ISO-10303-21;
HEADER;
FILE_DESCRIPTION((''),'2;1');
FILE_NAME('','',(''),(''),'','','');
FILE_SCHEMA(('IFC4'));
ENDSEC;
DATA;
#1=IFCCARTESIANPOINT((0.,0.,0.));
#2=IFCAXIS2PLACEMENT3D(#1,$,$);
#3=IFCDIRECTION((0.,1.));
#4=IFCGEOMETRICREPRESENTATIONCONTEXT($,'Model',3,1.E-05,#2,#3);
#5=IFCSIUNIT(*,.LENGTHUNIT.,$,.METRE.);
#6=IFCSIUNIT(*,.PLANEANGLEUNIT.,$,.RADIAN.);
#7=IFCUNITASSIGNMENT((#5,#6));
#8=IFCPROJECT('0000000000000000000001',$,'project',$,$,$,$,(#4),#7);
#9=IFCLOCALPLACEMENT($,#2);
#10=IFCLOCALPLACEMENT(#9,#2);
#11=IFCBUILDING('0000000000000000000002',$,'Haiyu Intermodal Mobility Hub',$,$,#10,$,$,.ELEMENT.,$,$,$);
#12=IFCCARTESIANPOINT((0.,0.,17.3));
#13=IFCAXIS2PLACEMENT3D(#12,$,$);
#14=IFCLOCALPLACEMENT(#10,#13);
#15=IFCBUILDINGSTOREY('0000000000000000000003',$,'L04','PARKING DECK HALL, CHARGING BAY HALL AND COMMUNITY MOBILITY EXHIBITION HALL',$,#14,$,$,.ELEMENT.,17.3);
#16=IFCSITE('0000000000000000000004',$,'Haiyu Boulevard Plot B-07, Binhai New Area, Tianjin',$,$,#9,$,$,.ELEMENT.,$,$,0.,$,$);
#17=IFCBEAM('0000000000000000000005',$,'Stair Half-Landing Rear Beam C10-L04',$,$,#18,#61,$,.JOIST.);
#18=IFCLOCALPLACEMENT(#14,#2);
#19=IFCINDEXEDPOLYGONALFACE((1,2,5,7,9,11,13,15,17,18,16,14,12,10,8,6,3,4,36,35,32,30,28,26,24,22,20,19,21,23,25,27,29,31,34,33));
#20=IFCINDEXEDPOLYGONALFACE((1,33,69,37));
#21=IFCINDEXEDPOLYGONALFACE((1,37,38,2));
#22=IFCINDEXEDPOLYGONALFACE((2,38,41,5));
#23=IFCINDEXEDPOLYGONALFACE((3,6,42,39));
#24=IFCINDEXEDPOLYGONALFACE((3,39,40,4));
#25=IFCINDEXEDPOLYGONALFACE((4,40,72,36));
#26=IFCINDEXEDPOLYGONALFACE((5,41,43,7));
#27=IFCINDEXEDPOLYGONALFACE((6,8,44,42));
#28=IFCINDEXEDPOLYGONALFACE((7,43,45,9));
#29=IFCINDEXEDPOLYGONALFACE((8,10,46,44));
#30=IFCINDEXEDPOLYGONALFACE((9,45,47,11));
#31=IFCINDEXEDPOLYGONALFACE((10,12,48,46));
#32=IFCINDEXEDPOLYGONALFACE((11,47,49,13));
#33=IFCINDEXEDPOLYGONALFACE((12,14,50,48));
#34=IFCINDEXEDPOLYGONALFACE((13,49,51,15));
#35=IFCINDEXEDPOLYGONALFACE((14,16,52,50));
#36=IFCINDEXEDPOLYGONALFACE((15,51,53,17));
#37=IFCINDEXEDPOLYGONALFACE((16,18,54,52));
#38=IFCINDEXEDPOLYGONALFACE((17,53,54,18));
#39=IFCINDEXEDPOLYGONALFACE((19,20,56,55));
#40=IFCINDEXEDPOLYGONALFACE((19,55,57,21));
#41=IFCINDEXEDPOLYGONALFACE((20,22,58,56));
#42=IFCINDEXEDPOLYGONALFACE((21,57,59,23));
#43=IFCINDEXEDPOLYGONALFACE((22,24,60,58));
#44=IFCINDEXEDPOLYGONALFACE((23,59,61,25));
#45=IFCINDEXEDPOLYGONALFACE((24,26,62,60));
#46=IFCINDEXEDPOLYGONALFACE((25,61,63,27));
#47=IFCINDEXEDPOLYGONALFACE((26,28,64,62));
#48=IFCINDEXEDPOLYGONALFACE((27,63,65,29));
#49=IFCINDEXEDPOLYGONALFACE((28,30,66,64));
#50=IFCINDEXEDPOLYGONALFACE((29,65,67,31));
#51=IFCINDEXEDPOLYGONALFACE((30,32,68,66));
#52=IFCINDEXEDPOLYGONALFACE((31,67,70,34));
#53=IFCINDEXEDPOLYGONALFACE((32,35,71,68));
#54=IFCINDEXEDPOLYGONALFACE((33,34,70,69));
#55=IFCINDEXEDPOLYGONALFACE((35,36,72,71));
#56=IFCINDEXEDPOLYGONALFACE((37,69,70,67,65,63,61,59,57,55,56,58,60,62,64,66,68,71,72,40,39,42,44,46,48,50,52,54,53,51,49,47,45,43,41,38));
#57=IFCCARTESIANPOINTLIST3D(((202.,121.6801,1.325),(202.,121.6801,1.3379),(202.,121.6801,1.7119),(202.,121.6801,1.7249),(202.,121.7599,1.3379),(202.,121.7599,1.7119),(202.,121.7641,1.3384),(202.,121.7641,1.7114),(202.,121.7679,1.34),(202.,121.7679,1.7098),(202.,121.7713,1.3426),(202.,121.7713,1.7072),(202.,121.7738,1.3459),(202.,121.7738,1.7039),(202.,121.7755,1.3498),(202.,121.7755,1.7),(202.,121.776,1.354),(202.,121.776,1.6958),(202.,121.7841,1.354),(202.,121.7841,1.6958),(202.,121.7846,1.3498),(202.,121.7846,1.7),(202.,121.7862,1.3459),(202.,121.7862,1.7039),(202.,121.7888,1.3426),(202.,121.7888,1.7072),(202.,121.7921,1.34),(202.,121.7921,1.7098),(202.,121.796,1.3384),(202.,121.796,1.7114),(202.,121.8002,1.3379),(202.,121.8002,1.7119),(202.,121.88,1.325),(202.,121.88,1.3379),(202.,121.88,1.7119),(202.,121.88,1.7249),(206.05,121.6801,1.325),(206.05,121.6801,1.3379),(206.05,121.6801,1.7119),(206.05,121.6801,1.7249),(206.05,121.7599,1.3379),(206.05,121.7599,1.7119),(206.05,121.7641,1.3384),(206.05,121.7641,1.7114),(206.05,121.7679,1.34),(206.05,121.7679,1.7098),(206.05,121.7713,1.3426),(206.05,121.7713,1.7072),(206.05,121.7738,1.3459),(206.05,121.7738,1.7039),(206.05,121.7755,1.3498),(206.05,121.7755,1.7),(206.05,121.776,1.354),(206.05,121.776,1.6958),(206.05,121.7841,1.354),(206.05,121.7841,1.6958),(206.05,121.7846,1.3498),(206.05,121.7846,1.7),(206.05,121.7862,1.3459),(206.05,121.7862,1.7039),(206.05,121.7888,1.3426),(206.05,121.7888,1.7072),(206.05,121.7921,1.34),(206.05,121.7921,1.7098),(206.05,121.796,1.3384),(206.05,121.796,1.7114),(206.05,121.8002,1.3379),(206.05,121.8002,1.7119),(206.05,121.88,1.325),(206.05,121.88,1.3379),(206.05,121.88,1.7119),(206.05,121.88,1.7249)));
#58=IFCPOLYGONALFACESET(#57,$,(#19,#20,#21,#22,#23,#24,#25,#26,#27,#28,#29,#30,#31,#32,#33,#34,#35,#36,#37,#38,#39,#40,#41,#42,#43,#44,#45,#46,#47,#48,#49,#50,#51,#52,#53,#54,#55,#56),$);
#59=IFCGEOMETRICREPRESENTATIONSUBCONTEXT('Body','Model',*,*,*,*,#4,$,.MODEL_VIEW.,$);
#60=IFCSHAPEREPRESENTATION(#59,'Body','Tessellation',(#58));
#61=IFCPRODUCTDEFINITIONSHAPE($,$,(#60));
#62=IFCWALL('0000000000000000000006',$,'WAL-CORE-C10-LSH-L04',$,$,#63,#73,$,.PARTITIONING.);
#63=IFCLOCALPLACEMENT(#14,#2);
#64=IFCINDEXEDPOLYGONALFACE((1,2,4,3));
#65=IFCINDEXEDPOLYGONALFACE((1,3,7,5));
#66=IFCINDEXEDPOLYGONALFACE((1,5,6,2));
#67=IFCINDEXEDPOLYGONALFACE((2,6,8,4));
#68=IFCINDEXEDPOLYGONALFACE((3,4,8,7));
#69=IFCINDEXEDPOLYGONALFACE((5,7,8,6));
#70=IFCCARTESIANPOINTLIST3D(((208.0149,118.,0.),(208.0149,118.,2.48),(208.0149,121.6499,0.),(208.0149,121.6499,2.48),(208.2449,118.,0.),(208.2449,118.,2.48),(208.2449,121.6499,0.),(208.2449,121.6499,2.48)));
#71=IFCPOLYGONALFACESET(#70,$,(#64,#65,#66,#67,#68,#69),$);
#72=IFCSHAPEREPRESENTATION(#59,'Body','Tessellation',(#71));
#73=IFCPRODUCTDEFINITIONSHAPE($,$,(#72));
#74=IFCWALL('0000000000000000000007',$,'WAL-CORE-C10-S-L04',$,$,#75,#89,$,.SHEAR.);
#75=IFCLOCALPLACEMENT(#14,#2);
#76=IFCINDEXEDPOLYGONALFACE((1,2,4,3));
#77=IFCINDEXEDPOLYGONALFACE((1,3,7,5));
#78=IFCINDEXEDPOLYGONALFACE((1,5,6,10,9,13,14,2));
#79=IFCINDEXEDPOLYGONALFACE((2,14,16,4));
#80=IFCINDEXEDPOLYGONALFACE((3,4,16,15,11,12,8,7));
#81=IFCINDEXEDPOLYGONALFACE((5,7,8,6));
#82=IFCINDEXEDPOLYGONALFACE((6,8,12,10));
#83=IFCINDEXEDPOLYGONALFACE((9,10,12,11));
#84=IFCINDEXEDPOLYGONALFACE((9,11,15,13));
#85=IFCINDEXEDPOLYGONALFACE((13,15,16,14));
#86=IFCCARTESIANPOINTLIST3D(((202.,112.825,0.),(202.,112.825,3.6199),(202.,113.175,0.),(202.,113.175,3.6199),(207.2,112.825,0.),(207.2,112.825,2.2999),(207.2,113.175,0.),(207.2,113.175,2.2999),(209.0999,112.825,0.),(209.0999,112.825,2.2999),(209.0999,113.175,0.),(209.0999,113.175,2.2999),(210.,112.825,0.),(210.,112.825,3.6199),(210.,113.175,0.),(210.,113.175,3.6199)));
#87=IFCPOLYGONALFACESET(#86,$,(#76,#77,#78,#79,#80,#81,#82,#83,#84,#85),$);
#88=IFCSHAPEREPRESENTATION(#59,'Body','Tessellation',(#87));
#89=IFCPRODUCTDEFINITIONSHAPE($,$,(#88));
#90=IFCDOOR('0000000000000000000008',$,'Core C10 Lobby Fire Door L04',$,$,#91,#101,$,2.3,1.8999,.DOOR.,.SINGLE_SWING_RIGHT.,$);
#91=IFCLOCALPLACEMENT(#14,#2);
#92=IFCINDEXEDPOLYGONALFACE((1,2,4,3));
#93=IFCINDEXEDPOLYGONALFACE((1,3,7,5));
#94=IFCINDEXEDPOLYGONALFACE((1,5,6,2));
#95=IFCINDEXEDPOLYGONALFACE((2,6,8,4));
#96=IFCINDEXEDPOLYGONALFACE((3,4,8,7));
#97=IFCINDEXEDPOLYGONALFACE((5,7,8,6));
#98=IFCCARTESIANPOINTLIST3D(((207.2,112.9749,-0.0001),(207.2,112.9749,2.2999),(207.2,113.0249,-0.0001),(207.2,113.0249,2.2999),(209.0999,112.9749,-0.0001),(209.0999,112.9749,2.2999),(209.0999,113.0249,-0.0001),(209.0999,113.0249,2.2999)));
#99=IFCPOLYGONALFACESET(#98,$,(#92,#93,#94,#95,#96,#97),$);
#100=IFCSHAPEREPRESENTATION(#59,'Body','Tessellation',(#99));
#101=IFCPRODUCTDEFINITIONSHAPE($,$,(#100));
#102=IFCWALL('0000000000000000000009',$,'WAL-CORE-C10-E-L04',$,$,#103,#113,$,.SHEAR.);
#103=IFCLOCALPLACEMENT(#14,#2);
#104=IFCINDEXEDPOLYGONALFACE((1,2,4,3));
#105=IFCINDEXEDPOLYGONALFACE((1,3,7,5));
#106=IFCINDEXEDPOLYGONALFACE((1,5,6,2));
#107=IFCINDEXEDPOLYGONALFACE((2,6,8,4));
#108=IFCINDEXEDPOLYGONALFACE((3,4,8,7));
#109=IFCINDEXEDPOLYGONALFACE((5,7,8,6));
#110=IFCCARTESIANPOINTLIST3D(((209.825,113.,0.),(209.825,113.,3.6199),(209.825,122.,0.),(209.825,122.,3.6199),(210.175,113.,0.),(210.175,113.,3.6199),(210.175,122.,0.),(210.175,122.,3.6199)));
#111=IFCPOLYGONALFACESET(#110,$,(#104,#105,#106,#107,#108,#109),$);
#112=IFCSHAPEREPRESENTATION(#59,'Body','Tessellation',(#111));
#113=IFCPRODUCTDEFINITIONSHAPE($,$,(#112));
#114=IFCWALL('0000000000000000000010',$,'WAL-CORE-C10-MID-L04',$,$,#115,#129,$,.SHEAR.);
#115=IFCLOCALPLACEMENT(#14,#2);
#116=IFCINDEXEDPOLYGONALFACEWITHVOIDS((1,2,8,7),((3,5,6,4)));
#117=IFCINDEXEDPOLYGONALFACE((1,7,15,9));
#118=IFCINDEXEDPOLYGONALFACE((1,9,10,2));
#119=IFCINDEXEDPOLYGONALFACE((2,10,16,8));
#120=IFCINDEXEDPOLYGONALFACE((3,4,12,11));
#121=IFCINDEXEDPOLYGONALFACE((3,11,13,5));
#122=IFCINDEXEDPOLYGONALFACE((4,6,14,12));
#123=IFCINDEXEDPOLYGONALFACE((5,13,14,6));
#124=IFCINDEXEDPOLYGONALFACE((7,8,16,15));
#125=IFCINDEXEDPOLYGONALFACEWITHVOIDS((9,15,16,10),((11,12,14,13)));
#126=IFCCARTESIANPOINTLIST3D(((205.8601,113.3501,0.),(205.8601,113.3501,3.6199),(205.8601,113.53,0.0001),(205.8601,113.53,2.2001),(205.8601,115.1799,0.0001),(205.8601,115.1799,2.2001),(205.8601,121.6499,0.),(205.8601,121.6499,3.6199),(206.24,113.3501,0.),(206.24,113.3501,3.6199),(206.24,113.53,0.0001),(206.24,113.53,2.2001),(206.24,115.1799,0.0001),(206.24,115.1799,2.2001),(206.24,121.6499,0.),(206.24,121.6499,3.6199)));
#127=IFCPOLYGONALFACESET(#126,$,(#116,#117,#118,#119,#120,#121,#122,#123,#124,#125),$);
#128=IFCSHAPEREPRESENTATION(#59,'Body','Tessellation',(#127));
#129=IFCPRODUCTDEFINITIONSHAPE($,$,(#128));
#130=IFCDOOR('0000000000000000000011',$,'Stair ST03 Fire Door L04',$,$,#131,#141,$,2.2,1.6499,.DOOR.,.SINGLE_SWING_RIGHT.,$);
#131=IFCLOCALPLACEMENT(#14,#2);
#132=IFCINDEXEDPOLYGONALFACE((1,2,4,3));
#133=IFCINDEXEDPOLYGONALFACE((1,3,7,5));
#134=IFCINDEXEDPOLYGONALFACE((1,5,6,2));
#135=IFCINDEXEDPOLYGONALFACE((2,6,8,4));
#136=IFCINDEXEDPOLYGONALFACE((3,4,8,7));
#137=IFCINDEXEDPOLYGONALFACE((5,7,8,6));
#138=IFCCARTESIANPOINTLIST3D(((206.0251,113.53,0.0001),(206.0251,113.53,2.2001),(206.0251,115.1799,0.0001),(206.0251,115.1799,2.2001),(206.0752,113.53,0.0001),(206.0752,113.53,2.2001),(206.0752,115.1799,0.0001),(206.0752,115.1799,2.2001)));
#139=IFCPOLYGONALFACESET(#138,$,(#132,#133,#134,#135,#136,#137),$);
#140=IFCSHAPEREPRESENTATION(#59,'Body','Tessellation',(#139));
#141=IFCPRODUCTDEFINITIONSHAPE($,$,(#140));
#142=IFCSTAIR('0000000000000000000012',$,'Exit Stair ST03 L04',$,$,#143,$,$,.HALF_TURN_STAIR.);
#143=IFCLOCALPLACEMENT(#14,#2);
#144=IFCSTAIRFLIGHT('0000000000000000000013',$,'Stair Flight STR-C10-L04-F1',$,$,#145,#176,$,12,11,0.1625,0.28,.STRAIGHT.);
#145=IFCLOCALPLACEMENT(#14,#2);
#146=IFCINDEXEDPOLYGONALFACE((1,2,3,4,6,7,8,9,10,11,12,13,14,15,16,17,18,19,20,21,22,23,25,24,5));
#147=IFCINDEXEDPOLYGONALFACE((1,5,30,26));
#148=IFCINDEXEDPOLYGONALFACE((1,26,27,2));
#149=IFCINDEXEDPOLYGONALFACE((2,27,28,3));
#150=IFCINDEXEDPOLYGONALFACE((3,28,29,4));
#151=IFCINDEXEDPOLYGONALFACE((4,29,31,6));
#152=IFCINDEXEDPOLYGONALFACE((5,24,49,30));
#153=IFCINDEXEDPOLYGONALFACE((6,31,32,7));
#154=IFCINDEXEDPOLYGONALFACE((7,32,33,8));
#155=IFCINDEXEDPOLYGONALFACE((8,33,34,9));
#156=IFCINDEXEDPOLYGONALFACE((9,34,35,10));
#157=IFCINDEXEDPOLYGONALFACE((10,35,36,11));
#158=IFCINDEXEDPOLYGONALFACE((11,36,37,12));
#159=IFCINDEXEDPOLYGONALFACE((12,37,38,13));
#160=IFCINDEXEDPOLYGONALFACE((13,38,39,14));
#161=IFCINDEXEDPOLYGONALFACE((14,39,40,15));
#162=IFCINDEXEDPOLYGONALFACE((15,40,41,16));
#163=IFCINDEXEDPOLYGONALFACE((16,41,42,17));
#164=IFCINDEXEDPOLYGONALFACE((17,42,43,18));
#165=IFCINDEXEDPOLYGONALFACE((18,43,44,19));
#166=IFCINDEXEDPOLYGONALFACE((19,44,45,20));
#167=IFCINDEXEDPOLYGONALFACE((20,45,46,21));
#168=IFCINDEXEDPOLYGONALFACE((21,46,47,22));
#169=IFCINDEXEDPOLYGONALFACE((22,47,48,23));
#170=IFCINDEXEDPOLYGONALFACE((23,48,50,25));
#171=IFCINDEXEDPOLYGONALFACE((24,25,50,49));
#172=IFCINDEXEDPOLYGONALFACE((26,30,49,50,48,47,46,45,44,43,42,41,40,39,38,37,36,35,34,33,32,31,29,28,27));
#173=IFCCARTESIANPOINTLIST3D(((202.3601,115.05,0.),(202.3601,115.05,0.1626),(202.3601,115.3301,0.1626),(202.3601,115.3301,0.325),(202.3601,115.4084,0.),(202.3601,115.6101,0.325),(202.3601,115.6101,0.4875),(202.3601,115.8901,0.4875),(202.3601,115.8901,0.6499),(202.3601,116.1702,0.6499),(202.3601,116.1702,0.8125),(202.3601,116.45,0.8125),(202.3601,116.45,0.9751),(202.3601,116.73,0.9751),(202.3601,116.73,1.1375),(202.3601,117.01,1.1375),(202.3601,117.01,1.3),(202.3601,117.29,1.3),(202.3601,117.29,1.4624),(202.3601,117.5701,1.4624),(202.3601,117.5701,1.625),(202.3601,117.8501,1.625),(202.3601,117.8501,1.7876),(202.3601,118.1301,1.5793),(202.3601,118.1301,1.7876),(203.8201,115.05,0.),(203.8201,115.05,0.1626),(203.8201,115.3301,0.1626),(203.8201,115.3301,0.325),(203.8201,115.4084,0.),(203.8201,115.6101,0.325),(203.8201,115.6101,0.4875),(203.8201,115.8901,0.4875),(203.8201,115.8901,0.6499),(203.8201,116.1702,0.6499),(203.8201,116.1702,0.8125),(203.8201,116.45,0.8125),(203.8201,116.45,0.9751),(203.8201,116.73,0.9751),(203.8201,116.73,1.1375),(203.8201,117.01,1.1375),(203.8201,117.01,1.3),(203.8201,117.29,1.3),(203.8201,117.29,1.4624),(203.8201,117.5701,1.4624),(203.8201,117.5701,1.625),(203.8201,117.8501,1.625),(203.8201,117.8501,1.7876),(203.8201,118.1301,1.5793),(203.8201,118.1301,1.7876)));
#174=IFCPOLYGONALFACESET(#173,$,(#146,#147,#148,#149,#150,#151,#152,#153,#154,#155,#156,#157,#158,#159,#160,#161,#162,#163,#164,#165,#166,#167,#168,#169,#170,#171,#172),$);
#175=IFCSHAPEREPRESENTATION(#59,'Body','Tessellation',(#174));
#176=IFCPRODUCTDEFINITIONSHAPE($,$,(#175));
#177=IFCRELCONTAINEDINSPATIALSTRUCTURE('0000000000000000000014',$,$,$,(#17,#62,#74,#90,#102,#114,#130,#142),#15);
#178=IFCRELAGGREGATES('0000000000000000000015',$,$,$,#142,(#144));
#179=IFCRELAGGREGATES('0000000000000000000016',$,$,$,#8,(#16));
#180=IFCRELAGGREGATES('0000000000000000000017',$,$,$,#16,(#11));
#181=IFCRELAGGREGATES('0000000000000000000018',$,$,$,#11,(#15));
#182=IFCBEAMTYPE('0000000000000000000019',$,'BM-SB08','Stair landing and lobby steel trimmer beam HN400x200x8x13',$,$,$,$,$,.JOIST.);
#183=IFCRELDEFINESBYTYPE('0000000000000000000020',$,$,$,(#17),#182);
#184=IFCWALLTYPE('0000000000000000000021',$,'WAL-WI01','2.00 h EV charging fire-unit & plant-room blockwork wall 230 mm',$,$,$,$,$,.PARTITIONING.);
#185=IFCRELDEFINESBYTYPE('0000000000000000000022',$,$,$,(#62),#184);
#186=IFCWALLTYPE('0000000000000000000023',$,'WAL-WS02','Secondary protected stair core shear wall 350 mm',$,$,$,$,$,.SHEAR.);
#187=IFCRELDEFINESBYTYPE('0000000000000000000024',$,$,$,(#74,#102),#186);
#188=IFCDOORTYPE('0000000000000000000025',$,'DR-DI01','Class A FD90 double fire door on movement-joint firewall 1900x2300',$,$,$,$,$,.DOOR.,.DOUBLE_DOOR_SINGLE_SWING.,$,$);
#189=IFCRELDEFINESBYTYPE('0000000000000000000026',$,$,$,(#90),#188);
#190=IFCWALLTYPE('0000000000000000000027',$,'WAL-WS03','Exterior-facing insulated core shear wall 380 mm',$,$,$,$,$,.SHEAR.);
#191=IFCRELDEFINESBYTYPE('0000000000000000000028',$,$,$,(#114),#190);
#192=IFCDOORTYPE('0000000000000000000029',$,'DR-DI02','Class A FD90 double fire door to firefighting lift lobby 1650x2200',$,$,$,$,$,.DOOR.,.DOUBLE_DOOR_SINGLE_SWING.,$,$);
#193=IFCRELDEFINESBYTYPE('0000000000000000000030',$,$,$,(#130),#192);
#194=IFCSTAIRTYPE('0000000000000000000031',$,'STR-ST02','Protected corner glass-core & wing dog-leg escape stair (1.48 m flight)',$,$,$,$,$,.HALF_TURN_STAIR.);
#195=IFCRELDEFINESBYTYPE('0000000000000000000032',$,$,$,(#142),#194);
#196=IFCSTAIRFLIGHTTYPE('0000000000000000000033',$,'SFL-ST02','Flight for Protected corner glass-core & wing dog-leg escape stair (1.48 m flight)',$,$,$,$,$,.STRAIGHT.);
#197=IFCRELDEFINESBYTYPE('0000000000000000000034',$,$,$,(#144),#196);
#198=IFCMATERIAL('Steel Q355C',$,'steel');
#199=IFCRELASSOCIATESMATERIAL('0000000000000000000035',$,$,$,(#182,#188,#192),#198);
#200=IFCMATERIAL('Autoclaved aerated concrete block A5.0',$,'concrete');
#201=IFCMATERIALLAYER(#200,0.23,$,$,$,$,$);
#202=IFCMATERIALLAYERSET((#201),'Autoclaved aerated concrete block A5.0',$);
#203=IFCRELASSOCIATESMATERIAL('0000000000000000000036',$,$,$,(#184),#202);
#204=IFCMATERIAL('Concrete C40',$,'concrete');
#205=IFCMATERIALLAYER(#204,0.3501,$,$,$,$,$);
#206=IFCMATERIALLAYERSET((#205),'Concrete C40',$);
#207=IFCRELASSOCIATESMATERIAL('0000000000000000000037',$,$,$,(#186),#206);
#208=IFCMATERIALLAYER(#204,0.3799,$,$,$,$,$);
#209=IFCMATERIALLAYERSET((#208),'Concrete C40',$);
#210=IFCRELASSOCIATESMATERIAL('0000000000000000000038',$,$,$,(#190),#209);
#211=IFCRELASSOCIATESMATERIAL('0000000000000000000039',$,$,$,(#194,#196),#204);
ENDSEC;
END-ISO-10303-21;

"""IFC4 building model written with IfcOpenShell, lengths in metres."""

from ifc_helpers import new_model, si_unit, direction, frame, frame_2d, origin, origin_2d, place, context, subcontext, project, spatial, polyline, rectangle, i_section, outline, extrude, material, layer, layer_set, material_profile, profile_set, type_object, element, fill, aggregate, save


model = new_model("IFC4")

# Units and contexts
model_context = context("Model", 3, precision=1e-05, world=origin(), true_north=direction((0.0, 1.0)))
body_context = subcontext(model_context, "Body", "Model", "MODEL_VIEW")
ifc_project = project(units=[si_unit("LENGTHUNIT", "METRE"), si_unit("PLANEANGLEUNIT", "RADIAN")], contexts=[model_context])

# Site, building, storey
site_placement = place(None, origin())
site = spatial("IfcSite", under=ifc_project, at=site_placement, Name="Haiyu Boulevard Plot B-07, Binhai New Area, Tianjin", CompositionType="ELEMENT", RefElevation=0.0)
building_placement = place(site_placement, origin())
building = spatial("IfcBuilding", under=site, at=building_placement, Name="Haiyu Intermodal Mobility Hub", CompositionType="ELEMENT")
storey_placement = place(building_placement, frame((0.0, 0.0, 17.3)))
storey = spatial("IfcBuildingStorey", under=building, at=storey_placement, Name="L04", Description="PARKING DECK HALL, CHARGING BAY HALL AND COMMUNITY MOBILITY EXHIBITION HALL", CompositionType="ELEMENT", Elevation=17.3)

# Shared definitions
ifc_material_1 = material(Name="Concrete C40", Category="concrete")

# Beam
ifc_material_2 = material(Name="Steel Q355C", Category="steel")
ifc_material_profile_1 = material_profile(ifc_material_2, i_section(OverallWidth=0.2, OverallDepth=0.3999, WebThickness=0.0081, FlangeThickness=0.0129, FilletRadius=0.0161, at=origin_2d()), Name="HN400x200x8x13")
ifc_profile_set_1 = profile_set([ifc_material_profile_1], Name="Steel Q355C")
beam_type_1 = type_object("IfcBeamType", Name="BM-SB08", Description="Stair landing and lobby steel trimmer beam HN400x200x8x13", PredefinedType="JOIST", material=ifc_profile_set_1)
for number, where, z_axis, x_axis, name in (
    (1, (202.0, 121.78, 1.5249), (1.0, 0.0, 0.0), (0.0, 1.0, 0.0), "Stair Half-Landing Rear Beam C10-L04"),
):
    element("IfcBeam", number, at=place(storey_placement, frame(where, z_axis=z_axis, x_axis=x_axis)), inside=storey, type_object=beam_type_1, Name=name, PredefinedType="JOIST", context=body_context, shape_type="SweptSolid", body=[
        extrude(i_section(OverallWidth=0.2, OverallDepth=0.3999, WebThickness=0.0081, FlangeThickness=0.0129, FilletRadius=0.0161, at=origin_2d()), origin(), (0.0, 0.0, 1.0), 4.05),
    ])

# Wall
ifc_material_3 = material(Name="Autoclaved aerated concrete block A5.0", Category="concrete")
ifc_layer_1 = layer(ifc_material_3, 0.23)
ifc_layer_set_1 = layer_set([ifc_layer_1], Name="Autoclaved aerated concrete block A5.0")
wall_type_1 = type_object("IfcWallType", Name="WAL-WI01", Description="2.00 h EV charging fire-unit & plant-room blockwork wall 230 mm", PredefinedType="PARTITIONING", material=ifc_layer_set_1)
wall_1_placement = place(storey_placement, frame((208.1299, 118.0, 0.0), z_axis=(0.0, 0.0, 1.0), x_axis=(0.0, 1.0, 0.0)))
element("IfcWall", 2, at=wall_1_placement, inside=storey, type_object=wall_type_1, Name="WAL-CORE-C10-LSH-L04", PredefinedType="PARTITIONING", context=body_context, shape_type="SweptSolid", body=[
    extrude(rectangle(XDim=3.6499, YDim=0.23, at=frame_2d((1.825, 0.0))), origin(), (0.0, 0.0, 1.0), 2.48),
])

# Wall, opening, door
ifc_layer_2 = layer(ifc_material_1, 0.3501)
ifc_layer_set_2 = layer_set([ifc_layer_2], Name="Concrete C40")
wall_type_2 = type_object("IfcWallType", Name="WAL-WS02", Description="Secondary protected stair core shear wall 350 mm", PredefinedType="SHEAR", material=ifc_layer_set_2)
wall_2_placement = place(storey_placement, frame((202.0, 113.0, 0.0), z_axis=(0.0, 0.0, 1.0), x_axis=(1.0, 0.0, 0.0)))
wall_2 = element("IfcWall", 3, at=wall_2_placement, inside=storey, type_object=wall_type_2, Name="WAL-CORE-C10-S-L04", PredefinedType="SHEAR", context=body_context, shape_type="SweptSolid", body=[
    extrude(rectangle(XDim=8.0, YDim=0.3501, at=frame_2d((4.0, 0.0))), origin(), (0.0, 0.0, 1.0), 3.6199),
])
opening_1_placement = place(wall_2_placement, frame((5.2, 0.0, 0.0)))
opening_1 = element("IfcOpeningElement", 4, at=opening_1_placement, cuts=wall_2, PredefinedType="OPENING", context=body_context, shape_type="SweptSolid", body=[
    extrude(rectangle(XDim=1.8999, YDim=2.3, at=frame_2d((0.95, 1.1499))), frame((0.0, 0.1851, 0.0), z_axis=(0.0, -1.0, 0.0), x_axis=(1.0, 0.0, 0.0)), (0.0, 0.0, 1.0), 0.3701),
])
door_type_1 = type_object("IfcDoorType", Name="DR-DI01", Description="Class A FD90 double fire door on movement-joint firewall 1900x2300", OperationType="DOUBLE_DOOR_SINGLE_SWING", PredefinedType="DOOR", material=ifc_material_2)
door_1_placement = place(opening_1_placement, origin())
door_1 = element("IfcDoor", 5, at=door_1_placement, inside=storey, type_object=door_type_1, Name="Core C10 Lobby Fire Door L04", OperationType="SINGLE_SWING_RIGHT", OverallHeight=2.3, OverallWidth=1.8999, PredefinedType="DOOR", context=body_context, shape_type="SweptSolid", body=[
    extrude(rectangle(XDim=1.8999, YDim=2.3, at=frame_2d((0.95, 1.1499))), frame((0.0, 0.0249, 0.0), z_axis=(0.0, -1.0, 0.0), x_axis=(1.0, 0.0, 0.0)), (0.0, 0.0, 1.0), 0.05),
])
fill(opening_1, door_1)

# Wall
wall_3_placement = place(storey_placement, frame((210.0, 113.0, 0.0), z_axis=(0.0, 0.0, 1.0), x_axis=(0.0, 1.0, 0.0)))
element("IfcWall", 6, at=wall_3_placement, inside=storey, type_object=wall_type_2, Name="WAL-CORE-C10-E-L04", PredefinedType="SHEAR", context=body_context, shape_type="SweptSolid", body=[
    extrude(rectangle(XDim=9.0, YDim=0.3501, at=frame_2d((4.5, 0.0))), origin(), (0.0, 0.0, 1.0), 3.6199),
])

# Wall, opening, door
ifc_layer_3 = layer(ifc_material_1, 0.3799)
ifc_layer_set_3 = layer_set([ifc_layer_3], Name="Concrete C40")
wall_type_3 = type_object("IfcWallType", Name="WAL-WS03", Description="Exterior-facing insulated core shear wall 380 mm", PredefinedType="SHEAR", material=ifc_layer_set_3)
wall_4_placement = place(storey_placement, frame((206.05, 113.3501, 0.0), z_axis=(0.0, 0.0, 1.0), x_axis=(0.0, 1.0, 0.0)))
wall_4 = element("IfcWall", 7, at=wall_4_placement, inside=storey, type_object=wall_type_3, Name="WAL-CORE-C10-MID-L04", PredefinedType="SHEAR", context=body_context, shape_type="SweptSolid", body=[
    extrude(rectangle(XDim=8.2998, YDim=0.3799, at=frame_2d((4.1499, 0.0))), origin(), (0.0, 0.0, 1.0), 3.6199),
])
opening_2_placement = place(wall_4_placement, frame((0.1799, 0.0, 0.0)))
opening_2 = element("IfcOpeningElement", 8, at=opening_2_placement, cuts=wall_4, PredefinedType="OPENING", context=body_context, shape_type="SweptSolid", body=[
    extrude(rectangle(XDim=1.6499, YDim=2.2, at=frame_2d((0.825, 1.1001))), frame((0.0, 0.2, 0.0), z_axis=(0.0, -1.0, 0.0), x_axis=(1.0, 0.0, 0.0)), (0.0, 0.0, 1.0), 0.3999),
])
door_type_2 = type_object("IfcDoorType", Name="DR-DI02", Description="Class A FD90 double fire door to firefighting lift lobby 1650x2200", OperationType="DOUBLE_DOOR_SINGLE_SWING", PredefinedType="DOOR", material=ifc_material_2)
door_2_placement = place(opening_2_placement, origin())
door_2 = element("IfcDoor", 9, at=door_2_placement, inside=storey, type_object=door_type_2, Name="Stair ST03 Fire Door L04", OperationType="SINGLE_SWING_RIGHT", OverallHeight=2.2, OverallWidth=1.6499, PredefinedType="DOOR", context=body_context, shape_type="SweptSolid", body=[
    extrude(rectangle(XDim=1.6499, YDim=2.2, at=frame_2d((0.825, 1.1001))), frame((0.0, 0.0249, 0.0), z_axis=(0.0, -1.0, 0.0), x_axis=(1.0, 0.0, 0.0)), (0.0, 0.0, 1.0), 0.05),
])
fill(opening_2, door_2)

# Stair, stair flight
stair_type = type_object("IfcStairType", Name="STR-ST02", Description="Protected corner glass-core & wing dog-leg escape stair (1.48 m flight)", PredefinedType="HALF_TURN_STAIR", material=ifc_material_1)
stair_placement = place(storey_placement, origin())
stair = element("IfcStair", 10, at=stair_placement, inside=storey, type_object=stair_type, Name="Exit Stair ST03 L04", PredefinedType="HALF_TURN_STAIR")
stair_flight_type = type_object("IfcStairFlightType", Name="SFL-ST02", Description="Flight for Protected corner glass-core & wing dog-leg escape stair (1.48 m flight)", PredefinedType="STRAIGHT", material=ifc_material_1)
stair_flight_1_placement = place(storey_placement, frame((203.0901, 115.05, 0.0), z_axis=(0.0, 0.0, 1.0), x_axis=(0.0, 1.0, 0.0)))
stair_flight_1 = element("IfcStairFlight", 11, at=stair_flight_1_placement, type_object=stair_flight_type, Name="Stair Flight STR-C10-L04-F1", NumberOfRisers=12, NumberOfTreads=11, PredefinedType="STRAIGHT", RiserHeight=0.1625, TreadLength=0.28, context=body_context, shape_type="SweptSolid", body=[
    extrude(outline(polyline([(0.0, 0.0), (0.0, 0.1626), (0.28, 0.1626), (0.28, 0.325), (0.5601, 0.325), (0.5601, 0.4875), (0.8401, 0.4875), (0.8401, 0.6499), (1.1201, 0.6499), (1.1201, 0.8125), (1.3999, 0.8125), (1.3999, 0.9751), (1.6799, 0.9751), (1.6799, 1.1375), (1.96, 1.1375), (1.96, 1.3), (2.24, 1.3), (2.24, 1.4624), (2.52, 1.4624), (2.52, 1.625), (2.8, 1.625), (2.8, 1.7876), (3.0801, 1.7876), (3.0801, 1.95), (3.0801, 1.5793), (0.3584, 0.0), (0.0, 0.0)])), frame((0.0, 0.73, 0.0), z_axis=(0.0, -1.0, 0.0), x_axis=(1.0, 0.0, 0.0)), (0.0, 0.0, 1.0), 1.46),
])
aggregate(stair, [stair_flight_1])

save(model, "model.ifc")
